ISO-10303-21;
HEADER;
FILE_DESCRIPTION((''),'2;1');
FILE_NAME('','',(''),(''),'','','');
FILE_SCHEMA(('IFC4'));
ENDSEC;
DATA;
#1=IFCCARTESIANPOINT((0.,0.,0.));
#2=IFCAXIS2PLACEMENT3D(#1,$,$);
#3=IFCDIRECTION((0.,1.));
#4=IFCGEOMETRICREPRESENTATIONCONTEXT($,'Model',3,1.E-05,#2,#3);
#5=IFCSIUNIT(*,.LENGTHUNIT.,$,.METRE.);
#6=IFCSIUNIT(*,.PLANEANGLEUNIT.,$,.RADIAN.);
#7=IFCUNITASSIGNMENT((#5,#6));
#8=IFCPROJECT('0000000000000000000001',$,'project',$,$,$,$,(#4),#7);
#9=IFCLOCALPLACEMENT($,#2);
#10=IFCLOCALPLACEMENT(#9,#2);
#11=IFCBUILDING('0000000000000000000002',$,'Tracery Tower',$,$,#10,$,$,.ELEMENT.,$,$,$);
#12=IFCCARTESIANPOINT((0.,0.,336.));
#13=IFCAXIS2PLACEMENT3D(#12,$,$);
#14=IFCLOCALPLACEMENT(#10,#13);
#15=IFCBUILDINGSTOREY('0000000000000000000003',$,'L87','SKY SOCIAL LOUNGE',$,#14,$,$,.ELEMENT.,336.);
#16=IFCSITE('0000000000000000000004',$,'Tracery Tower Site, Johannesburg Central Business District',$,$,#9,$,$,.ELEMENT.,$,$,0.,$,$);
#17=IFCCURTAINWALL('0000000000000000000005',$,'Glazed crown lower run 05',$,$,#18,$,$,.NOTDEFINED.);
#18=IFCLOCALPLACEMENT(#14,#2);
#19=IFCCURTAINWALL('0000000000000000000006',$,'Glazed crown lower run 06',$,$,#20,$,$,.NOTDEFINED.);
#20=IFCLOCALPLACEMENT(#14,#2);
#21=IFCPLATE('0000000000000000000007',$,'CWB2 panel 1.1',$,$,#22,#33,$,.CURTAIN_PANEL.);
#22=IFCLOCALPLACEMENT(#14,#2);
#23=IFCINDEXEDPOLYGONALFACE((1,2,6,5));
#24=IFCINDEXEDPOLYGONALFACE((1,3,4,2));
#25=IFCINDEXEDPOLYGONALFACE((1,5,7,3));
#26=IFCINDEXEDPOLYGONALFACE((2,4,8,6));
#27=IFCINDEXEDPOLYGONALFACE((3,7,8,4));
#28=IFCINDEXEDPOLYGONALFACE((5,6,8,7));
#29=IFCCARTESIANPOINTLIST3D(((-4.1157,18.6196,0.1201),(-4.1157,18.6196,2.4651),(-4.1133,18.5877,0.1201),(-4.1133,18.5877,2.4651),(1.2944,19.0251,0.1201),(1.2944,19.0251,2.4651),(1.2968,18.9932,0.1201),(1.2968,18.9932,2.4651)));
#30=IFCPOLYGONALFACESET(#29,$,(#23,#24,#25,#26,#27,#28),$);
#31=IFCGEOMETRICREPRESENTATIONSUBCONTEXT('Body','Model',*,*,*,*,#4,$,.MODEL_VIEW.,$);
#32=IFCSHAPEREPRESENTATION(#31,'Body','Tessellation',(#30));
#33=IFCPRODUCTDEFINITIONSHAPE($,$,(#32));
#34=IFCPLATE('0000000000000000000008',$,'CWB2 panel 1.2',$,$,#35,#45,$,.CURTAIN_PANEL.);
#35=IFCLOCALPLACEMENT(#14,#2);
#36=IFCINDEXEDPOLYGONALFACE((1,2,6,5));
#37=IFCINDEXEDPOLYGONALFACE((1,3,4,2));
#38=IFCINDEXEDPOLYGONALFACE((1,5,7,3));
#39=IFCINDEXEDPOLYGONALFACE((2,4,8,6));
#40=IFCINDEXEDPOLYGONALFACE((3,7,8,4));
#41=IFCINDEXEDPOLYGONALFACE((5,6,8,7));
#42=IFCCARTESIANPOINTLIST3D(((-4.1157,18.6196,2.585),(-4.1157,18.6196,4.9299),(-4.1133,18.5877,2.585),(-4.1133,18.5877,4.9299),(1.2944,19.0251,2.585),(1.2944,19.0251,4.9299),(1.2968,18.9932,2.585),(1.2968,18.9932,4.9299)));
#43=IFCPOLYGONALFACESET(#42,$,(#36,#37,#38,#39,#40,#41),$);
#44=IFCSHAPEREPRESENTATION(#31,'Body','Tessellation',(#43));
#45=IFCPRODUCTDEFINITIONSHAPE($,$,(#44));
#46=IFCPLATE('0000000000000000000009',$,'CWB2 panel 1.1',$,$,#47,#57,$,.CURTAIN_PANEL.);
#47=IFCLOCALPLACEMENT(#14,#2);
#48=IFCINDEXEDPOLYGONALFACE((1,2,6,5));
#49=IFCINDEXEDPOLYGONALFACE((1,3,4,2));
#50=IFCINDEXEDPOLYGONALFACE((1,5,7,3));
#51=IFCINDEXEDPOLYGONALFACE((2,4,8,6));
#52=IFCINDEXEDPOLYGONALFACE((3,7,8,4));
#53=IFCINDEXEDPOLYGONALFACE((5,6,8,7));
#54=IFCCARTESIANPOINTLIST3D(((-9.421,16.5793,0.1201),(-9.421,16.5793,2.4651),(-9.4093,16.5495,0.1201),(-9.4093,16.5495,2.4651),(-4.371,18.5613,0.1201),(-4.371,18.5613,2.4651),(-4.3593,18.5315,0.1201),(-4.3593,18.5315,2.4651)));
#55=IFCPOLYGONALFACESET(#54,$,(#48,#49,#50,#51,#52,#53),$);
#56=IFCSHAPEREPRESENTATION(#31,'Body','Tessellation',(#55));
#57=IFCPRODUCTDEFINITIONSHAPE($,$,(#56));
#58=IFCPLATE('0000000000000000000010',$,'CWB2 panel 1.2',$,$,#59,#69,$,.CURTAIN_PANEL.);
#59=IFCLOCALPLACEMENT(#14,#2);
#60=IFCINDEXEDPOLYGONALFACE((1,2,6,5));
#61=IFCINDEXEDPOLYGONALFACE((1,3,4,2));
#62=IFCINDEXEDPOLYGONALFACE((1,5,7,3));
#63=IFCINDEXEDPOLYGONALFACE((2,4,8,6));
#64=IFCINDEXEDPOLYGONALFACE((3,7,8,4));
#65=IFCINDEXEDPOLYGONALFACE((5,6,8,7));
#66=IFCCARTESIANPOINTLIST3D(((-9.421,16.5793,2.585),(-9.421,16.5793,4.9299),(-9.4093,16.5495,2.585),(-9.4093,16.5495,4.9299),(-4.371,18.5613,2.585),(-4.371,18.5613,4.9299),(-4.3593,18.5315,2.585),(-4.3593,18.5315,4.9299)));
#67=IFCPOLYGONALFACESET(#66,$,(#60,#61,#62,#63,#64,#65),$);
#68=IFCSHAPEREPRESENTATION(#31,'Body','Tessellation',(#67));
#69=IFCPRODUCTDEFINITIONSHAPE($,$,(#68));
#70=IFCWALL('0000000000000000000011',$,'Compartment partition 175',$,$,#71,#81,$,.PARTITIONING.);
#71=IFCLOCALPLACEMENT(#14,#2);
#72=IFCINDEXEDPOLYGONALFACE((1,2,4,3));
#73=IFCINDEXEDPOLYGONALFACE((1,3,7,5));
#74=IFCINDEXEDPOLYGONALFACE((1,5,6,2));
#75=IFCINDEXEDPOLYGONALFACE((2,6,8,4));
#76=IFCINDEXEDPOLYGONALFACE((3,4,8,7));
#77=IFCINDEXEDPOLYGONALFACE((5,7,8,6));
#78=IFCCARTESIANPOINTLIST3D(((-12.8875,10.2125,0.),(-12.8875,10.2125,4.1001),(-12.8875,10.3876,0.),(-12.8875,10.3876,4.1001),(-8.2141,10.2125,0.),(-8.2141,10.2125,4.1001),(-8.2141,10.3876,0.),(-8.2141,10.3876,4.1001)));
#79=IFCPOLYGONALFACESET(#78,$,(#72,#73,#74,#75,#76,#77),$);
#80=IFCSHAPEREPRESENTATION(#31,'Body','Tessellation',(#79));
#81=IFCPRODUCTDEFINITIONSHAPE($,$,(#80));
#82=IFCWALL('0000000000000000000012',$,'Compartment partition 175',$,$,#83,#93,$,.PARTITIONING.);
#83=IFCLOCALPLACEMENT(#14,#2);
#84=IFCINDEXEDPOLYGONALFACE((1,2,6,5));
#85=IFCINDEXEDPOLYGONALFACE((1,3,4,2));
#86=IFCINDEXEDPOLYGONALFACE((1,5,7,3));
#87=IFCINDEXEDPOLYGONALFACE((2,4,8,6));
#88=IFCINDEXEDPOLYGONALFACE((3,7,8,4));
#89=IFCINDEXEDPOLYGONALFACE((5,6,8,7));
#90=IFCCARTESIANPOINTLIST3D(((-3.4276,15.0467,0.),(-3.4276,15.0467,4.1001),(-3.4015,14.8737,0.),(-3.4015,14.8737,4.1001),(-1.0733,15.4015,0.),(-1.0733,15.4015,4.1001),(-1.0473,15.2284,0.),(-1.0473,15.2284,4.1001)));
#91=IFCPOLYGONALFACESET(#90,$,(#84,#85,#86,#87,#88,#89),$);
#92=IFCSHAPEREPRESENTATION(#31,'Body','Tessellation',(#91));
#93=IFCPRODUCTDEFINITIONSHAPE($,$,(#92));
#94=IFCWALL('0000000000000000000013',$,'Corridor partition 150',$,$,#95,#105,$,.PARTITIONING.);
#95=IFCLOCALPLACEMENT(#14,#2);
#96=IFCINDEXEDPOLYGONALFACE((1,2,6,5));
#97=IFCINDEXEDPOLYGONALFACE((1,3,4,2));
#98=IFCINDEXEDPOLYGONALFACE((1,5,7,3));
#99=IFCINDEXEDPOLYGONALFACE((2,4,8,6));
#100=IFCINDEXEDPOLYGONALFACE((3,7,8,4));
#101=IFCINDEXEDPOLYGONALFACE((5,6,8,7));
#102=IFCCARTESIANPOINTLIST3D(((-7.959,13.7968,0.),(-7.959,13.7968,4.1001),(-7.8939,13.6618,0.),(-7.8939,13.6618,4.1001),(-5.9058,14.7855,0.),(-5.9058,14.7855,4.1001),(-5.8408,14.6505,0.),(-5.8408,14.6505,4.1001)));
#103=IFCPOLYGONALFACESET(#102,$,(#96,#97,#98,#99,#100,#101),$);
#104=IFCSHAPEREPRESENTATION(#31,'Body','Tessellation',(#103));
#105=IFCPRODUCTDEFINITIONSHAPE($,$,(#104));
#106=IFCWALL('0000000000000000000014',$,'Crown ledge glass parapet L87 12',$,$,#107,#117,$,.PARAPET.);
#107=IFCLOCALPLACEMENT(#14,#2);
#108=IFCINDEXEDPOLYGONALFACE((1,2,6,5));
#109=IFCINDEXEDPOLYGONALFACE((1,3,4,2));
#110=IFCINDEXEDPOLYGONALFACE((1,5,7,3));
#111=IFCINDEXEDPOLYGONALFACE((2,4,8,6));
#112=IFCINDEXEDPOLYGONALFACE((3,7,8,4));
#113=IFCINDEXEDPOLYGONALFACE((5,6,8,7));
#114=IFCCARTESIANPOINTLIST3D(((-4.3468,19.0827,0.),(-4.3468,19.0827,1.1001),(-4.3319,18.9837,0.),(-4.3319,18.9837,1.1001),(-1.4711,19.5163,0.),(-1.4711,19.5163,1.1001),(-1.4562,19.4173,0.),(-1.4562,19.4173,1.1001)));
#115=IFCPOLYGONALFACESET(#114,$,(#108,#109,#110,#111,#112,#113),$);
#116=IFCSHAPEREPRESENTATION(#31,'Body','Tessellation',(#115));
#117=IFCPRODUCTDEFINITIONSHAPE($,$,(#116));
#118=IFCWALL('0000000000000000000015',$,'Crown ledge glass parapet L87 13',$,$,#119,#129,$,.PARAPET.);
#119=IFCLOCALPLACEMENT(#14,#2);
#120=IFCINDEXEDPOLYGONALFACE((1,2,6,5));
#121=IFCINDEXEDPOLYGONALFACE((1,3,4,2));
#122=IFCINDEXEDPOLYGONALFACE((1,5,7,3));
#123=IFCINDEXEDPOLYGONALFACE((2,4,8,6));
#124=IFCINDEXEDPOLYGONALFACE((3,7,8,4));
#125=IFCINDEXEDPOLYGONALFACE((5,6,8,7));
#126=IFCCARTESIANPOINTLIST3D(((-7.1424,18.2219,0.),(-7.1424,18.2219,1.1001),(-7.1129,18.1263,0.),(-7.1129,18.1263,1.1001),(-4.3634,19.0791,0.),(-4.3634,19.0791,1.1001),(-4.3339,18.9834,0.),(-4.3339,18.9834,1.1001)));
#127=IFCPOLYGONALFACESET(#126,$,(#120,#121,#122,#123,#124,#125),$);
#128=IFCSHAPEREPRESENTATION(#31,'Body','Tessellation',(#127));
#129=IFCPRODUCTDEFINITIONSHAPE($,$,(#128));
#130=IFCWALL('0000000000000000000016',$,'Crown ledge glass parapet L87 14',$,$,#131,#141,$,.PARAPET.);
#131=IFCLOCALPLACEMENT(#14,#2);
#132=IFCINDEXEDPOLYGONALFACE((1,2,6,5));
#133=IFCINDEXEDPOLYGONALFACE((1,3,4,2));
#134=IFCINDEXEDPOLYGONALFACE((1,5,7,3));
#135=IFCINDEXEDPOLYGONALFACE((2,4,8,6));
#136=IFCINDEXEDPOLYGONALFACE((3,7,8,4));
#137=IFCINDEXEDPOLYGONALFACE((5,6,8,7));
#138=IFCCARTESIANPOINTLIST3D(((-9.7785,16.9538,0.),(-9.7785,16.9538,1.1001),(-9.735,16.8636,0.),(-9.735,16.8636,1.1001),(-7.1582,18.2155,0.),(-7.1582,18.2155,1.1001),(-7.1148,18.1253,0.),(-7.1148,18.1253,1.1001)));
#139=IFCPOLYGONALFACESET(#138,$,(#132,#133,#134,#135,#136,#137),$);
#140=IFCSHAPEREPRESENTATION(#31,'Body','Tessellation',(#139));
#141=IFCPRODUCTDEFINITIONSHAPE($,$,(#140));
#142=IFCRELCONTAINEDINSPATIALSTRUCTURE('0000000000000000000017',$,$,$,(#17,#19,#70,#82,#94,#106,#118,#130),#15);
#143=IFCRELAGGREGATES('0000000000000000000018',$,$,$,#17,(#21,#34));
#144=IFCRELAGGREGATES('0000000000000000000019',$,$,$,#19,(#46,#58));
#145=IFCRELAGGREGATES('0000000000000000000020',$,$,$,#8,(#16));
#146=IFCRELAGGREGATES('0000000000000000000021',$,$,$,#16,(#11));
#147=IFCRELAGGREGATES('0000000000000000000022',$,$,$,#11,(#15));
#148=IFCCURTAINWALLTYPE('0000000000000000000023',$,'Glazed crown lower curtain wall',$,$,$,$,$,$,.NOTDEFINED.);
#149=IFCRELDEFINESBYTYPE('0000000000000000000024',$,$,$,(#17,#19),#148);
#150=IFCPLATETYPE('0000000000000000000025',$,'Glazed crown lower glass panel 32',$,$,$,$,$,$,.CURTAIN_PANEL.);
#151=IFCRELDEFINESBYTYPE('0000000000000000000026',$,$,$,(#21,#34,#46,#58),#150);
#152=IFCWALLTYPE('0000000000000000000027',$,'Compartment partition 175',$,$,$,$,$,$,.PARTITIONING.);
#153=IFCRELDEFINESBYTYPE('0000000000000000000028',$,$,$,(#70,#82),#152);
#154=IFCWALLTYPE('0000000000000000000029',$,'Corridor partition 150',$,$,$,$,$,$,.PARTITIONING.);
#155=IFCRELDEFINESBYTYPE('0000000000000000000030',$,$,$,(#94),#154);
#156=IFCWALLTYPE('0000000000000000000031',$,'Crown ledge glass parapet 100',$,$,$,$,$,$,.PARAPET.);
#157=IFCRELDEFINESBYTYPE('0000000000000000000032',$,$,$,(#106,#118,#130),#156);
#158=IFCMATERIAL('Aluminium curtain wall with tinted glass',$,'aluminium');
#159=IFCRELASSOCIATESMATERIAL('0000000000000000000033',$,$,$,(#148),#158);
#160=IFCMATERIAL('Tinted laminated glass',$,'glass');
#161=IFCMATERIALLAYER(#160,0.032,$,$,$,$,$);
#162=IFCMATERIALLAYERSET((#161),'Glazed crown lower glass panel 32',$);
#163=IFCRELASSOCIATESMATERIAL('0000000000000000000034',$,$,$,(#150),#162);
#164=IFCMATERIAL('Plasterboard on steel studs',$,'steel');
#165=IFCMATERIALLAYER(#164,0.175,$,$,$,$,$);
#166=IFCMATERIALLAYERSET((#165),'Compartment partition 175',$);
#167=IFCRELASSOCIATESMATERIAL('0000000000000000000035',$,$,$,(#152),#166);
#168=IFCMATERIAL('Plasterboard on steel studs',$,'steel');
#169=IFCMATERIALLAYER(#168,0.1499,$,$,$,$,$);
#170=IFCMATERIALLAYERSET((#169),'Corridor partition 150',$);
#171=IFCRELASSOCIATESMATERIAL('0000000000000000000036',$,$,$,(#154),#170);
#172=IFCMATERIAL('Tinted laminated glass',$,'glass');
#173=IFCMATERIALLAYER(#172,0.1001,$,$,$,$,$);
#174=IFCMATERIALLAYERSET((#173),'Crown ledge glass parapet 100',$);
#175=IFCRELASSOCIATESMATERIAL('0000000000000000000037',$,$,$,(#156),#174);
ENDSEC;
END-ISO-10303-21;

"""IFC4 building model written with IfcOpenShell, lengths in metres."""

from ifc_helpers import new_model, si_unit, direction, frame, frame_2d, origin, origin_2d, place, context, subcontext, project, spatial, rectangle, extrude, material, layer, layer_set, type_object, element, aggregate, save


model = new_model("IFC4")

# Units and contexts
model_context = context("Model", 3, precision=1e-05, world=origin(), true_north=direction((0.0, 1.0)))
body_context = subcontext(model_context, "Body", "Model", "MODEL_VIEW")
ifc_project = project(units=[si_unit("LENGTHUNIT", "METRE"), si_unit("PLANEANGLEUNIT", "RADIAN")], contexts=[model_context])

# Site, building, storey
site_placement = place(None, origin())
site = spatial("IfcSite", under=ifc_project, at=site_placement, Name="Tracery Tower Site, Johannesburg Central Business District", CompositionType="ELEMENT", RefElevation=0.0)
building_placement = place(site_placement, origin())
building = spatial("IfcBuilding", under=site, at=building_placement, Name="Tracery Tower", CompositionType="ELEMENT")
storey_placement = place(building_placement, frame((0.0, 0.0, 336.0)))
storey = spatial("IfcBuildingStorey", under=building, at=storey_placement, Name="L87", Description="SKY SOCIAL LOUNGE", CompositionType="ELEMENT", Elevation=336.0)

# Curtain wall
ifc_material_1 = material(Name="Aluminium curtain wall with tinted glass", Category="aluminium")
curtain_wall_type = type_object("IfcCurtainWallType", Name="Glazed crown lower curtain wall", PredefinedType="NOTDEFINED", material=ifc_material_1)
curtain_wall_1_placement = place(storey_placement, origin())
curtain_wall_1 = element("IfcCurtainWall", 1, at=curtain_wall_1_placement, inside=storey, type_object=curtain_wall_type, Name="Glazed crown lower run 05", PredefinedType="NOTDEFINED")

# Curtain wall
curtain_wall_2_placement = place(storey_placement, origin())
curtain_wall_2 = element("IfcCurtainWall", 2, at=curtain_wall_2_placement, inside=storey, type_object=curtain_wall_type, Name="Glazed crown lower run 06", PredefinedType="NOTDEFINED")

# Plates
ifc_material_2 = material(Name="Tinted laminated glass", Category="glass")
ifc_layer_1 = layer(ifc_material_2, 0.032)
ifc_layer_set_1 = layer_set([ifc_layer_1], Name="Glazed crown lower glass panel 32")
plate_type = type_object("IfcPlateType", Name="Glazed crown lower glass panel 32", PredefinedType="CURTAIN_PANEL", material=ifc_layer_set_1)
plate_1_placement = place(storey_placement, frame((-1.4094, 18.8064, 0.1201), z_axis=(0.0, 0.0, 1.0), x_axis=(-0.997203, -0.074735, 0.0)))
plate_1 = element("IfcPlate", 3, at=plate_1_placement, type_object=plate_type, Name="CWB2 panel 1.1", PredefinedType="CURTAIN_PANEL", context=body_context, shape_type="SweptSolid", body=[
    extrude(rectangle(XDim=5.4253, YDim=0.032, at=origin_2d()), origin(), (0.0, 0.0, 1.0), 2.345),
])
plate_2_placement = place(storey_placement, frame((-1.4094, 18.8064, 2.585), z_axis=(0.0, 0.0, 1.0), x_axis=(-0.997203, -0.074735, 0.0)))
plate_2 = element("IfcPlate", 4, at=plate_2_placement, type_object=plate_type, Name="CWB2 panel 1.2", PredefinedType="CURTAIN_PANEL", context=body_context, shape_type="SweptSolid", body=[
    extrude(rectangle(XDim=5.4253, YDim=0.032, at=origin_2d()), origin(), (0.0, 0.0, 1.0), 2.345),
])
aggregate(curtain_wall_1, [plate_1, plate_2])
plate_3_placement = place(storey_placement, frame((-6.8901, 17.5554, 0.1201), z_axis=(0.0, 0.0, 1.0), x_axis=(-0.930874, -0.365342, 0.0)))
plate_3 = element("IfcPlate", 5, at=plate_3_placement, type_object=plate_type, Name="CWB2 panel 1.1", PredefinedType="CURTAIN_PANEL", context=body_context, shape_type="SweptSolid", body=[
    extrude(rectangle(XDim=5.425, YDim=0.032, at=origin_2d()), origin(), (0.0, 0.0, 1.0), 2.345),
])
plate_4_placement = place(storey_placement, frame((-6.8901, 17.5554, 2.585), z_axis=(0.0, 0.0, 1.0), x_axis=(-0.930874, -0.365342, 0.0)))
plate_4 = element("IfcPlate", 6, at=plate_4_placement, type_object=plate_type, Name="CWB2 panel 1.2", PredefinedType="CURTAIN_PANEL", context=body_context, shape_type="SweptSolid", body=[
    extrude(rectangle(XDim=5.425, YDim=0.032, at=origin_2d()), origin(), (0.0, 0.0, 1.0), 2.345),
])
aggregate(curtain_wall_2, [plate_3, plate_4])

# Wall
ifc_material_3 = material(Name="Plasterboard on steel studs", Category="steel")
ifc_layer_2 = layer(ifc_material_3, 0.175)
ifc_layer_set_2 = layer_set([ifc_layer_2], Name="Compartment partition 175")
wall_type_1 = type_object("IfcWallType", Name="Compartment partition 175", PredefinedType="PARTITIONING", material=ifc_layer_set_2)
wall_1_placement = place(storey_placement, frame((-8.2141, 10.3, 0.0), z_axis=(0.0, 0.0, 1.0), x_axis=(-1.0, 0.0, 0.0)))
element("IfcWall", 7, at=wall_1_placement, inside=storey, type_object=wall_type_1, Name="Compartment partition 175", PredefinedType="PARTITIONING", context=body_context, shape_type="SweptSolid", body=[
    extrude(rectangle(XDim=4.6733, YDim=0.175, at=frame_2d((2.3367, 0.0))), origin(), (0.0, 0.0, 1.0), 4.1001),
])

# Walls
wall_2_placement = place(storey_placement, frame((-1.0603, 15.3149, 0.0), z_axis=(0.0, 0.0, 1.0), x_axis=(-0.988838, -0.148997, 0.0)))
element("IfcWall", 8, at=wall_2_placement, inside=storey, type_object=wall_type_1, Name="Compartment partition 175", PredefinedType="PARTITIONING", context=body_context, shape_type="SweptSolid", body=[
    extrude(rectangle(XDim=2.3809, YDim=0.175, at=frame_2d((1.1904, 0.0))), origin(), (0.0, 0.0, 1.0), 4.1001),
])
ifc_material_4 = material(Name="Plasterboard on steel studs", Category="steel")
ifc_layer_3 = layer(ifc_material_4, 0.1499)
ifc_layer_set_3 = layer_set([ifc_layer_3], Name="Corridor partition 150")
wall_type_2 = type_object("IfcWallType", Name="Corridor partition 150", PredefinedType="PARTITIONING", material=ifc_layer_set_3)
wall_3_placement = place(storey_placement, frame((-5.8733, 14.718, 0.0), z_axis=(0.0, 0.0, 1.0), x_axis=(-0.900971, -0.43388, 0.0)))
element("IfcWall", 9, at=wall_3_placement, inside=storey, type_object=wall_type_2, Name="Corridor partition 150", PredefinedType="PARTITIONING", context=body_context, shape_type="SweptSolid", body=[
    extrude(rectangle(XDim=2.2788, YDim=0.1499, at=frame_2d((1.1394, 0.0))), origin(), (0.0, 0.0, 1.0), 4.1001),
])
ifc_material_5 = material(Name="Tinted laminated glass", Category="glass")
ifc_layer_4 = layer(ifc_material_5, 0.1001)
ifc_layer_set_4 = layer_set([ifc_layer_4], Name="Crown ledge glass parapet 100")
wall_type_3 = type_object("IfcWallType", Name="Crown ledge glass parapet 100", PredefinedType="PARAPET", material=ifc_layer_set_4)
for number, where, z_axis, x_axis, name in (
    (10, (-1.4636, 19.4668, 0.0), (0.0, 0.0, 1.0), (-0.988823, -0.149092, 0.0), "Crown ledge glass parapet L87 12"),
    (11, (-4.3486, 19.0312, 0.0), (0.0, 0.0, 1.0), (-0.955577, -0.294741, 0.0), "Crown ledge glass parapet L87 13"),
    (12, (-7.1365, 18.1704, 0.0), (0.0, 0.0, 1.0), (-0.900993, -0.433833, 0.0), "Crown ledge glass parapet L87 14"),
):
    element("IfcWall", number, at=place(storey_placement, frame(where, z_axis=z_axis, x_axis=x_axis)), inside=storey, type_object=wall_type_3, Name=name, PredefinedType="PARAPET", context=body_context, shape_type="SweptSolid", body=[
        extrude(rectangle(XDim=2.9082, YDim=0.1001, at=frame_2d((1.4541, 0.0))), origin(), (0.0, 0.0, 1.0), 1.1001),
    ])

save(model, "model.ifc")
